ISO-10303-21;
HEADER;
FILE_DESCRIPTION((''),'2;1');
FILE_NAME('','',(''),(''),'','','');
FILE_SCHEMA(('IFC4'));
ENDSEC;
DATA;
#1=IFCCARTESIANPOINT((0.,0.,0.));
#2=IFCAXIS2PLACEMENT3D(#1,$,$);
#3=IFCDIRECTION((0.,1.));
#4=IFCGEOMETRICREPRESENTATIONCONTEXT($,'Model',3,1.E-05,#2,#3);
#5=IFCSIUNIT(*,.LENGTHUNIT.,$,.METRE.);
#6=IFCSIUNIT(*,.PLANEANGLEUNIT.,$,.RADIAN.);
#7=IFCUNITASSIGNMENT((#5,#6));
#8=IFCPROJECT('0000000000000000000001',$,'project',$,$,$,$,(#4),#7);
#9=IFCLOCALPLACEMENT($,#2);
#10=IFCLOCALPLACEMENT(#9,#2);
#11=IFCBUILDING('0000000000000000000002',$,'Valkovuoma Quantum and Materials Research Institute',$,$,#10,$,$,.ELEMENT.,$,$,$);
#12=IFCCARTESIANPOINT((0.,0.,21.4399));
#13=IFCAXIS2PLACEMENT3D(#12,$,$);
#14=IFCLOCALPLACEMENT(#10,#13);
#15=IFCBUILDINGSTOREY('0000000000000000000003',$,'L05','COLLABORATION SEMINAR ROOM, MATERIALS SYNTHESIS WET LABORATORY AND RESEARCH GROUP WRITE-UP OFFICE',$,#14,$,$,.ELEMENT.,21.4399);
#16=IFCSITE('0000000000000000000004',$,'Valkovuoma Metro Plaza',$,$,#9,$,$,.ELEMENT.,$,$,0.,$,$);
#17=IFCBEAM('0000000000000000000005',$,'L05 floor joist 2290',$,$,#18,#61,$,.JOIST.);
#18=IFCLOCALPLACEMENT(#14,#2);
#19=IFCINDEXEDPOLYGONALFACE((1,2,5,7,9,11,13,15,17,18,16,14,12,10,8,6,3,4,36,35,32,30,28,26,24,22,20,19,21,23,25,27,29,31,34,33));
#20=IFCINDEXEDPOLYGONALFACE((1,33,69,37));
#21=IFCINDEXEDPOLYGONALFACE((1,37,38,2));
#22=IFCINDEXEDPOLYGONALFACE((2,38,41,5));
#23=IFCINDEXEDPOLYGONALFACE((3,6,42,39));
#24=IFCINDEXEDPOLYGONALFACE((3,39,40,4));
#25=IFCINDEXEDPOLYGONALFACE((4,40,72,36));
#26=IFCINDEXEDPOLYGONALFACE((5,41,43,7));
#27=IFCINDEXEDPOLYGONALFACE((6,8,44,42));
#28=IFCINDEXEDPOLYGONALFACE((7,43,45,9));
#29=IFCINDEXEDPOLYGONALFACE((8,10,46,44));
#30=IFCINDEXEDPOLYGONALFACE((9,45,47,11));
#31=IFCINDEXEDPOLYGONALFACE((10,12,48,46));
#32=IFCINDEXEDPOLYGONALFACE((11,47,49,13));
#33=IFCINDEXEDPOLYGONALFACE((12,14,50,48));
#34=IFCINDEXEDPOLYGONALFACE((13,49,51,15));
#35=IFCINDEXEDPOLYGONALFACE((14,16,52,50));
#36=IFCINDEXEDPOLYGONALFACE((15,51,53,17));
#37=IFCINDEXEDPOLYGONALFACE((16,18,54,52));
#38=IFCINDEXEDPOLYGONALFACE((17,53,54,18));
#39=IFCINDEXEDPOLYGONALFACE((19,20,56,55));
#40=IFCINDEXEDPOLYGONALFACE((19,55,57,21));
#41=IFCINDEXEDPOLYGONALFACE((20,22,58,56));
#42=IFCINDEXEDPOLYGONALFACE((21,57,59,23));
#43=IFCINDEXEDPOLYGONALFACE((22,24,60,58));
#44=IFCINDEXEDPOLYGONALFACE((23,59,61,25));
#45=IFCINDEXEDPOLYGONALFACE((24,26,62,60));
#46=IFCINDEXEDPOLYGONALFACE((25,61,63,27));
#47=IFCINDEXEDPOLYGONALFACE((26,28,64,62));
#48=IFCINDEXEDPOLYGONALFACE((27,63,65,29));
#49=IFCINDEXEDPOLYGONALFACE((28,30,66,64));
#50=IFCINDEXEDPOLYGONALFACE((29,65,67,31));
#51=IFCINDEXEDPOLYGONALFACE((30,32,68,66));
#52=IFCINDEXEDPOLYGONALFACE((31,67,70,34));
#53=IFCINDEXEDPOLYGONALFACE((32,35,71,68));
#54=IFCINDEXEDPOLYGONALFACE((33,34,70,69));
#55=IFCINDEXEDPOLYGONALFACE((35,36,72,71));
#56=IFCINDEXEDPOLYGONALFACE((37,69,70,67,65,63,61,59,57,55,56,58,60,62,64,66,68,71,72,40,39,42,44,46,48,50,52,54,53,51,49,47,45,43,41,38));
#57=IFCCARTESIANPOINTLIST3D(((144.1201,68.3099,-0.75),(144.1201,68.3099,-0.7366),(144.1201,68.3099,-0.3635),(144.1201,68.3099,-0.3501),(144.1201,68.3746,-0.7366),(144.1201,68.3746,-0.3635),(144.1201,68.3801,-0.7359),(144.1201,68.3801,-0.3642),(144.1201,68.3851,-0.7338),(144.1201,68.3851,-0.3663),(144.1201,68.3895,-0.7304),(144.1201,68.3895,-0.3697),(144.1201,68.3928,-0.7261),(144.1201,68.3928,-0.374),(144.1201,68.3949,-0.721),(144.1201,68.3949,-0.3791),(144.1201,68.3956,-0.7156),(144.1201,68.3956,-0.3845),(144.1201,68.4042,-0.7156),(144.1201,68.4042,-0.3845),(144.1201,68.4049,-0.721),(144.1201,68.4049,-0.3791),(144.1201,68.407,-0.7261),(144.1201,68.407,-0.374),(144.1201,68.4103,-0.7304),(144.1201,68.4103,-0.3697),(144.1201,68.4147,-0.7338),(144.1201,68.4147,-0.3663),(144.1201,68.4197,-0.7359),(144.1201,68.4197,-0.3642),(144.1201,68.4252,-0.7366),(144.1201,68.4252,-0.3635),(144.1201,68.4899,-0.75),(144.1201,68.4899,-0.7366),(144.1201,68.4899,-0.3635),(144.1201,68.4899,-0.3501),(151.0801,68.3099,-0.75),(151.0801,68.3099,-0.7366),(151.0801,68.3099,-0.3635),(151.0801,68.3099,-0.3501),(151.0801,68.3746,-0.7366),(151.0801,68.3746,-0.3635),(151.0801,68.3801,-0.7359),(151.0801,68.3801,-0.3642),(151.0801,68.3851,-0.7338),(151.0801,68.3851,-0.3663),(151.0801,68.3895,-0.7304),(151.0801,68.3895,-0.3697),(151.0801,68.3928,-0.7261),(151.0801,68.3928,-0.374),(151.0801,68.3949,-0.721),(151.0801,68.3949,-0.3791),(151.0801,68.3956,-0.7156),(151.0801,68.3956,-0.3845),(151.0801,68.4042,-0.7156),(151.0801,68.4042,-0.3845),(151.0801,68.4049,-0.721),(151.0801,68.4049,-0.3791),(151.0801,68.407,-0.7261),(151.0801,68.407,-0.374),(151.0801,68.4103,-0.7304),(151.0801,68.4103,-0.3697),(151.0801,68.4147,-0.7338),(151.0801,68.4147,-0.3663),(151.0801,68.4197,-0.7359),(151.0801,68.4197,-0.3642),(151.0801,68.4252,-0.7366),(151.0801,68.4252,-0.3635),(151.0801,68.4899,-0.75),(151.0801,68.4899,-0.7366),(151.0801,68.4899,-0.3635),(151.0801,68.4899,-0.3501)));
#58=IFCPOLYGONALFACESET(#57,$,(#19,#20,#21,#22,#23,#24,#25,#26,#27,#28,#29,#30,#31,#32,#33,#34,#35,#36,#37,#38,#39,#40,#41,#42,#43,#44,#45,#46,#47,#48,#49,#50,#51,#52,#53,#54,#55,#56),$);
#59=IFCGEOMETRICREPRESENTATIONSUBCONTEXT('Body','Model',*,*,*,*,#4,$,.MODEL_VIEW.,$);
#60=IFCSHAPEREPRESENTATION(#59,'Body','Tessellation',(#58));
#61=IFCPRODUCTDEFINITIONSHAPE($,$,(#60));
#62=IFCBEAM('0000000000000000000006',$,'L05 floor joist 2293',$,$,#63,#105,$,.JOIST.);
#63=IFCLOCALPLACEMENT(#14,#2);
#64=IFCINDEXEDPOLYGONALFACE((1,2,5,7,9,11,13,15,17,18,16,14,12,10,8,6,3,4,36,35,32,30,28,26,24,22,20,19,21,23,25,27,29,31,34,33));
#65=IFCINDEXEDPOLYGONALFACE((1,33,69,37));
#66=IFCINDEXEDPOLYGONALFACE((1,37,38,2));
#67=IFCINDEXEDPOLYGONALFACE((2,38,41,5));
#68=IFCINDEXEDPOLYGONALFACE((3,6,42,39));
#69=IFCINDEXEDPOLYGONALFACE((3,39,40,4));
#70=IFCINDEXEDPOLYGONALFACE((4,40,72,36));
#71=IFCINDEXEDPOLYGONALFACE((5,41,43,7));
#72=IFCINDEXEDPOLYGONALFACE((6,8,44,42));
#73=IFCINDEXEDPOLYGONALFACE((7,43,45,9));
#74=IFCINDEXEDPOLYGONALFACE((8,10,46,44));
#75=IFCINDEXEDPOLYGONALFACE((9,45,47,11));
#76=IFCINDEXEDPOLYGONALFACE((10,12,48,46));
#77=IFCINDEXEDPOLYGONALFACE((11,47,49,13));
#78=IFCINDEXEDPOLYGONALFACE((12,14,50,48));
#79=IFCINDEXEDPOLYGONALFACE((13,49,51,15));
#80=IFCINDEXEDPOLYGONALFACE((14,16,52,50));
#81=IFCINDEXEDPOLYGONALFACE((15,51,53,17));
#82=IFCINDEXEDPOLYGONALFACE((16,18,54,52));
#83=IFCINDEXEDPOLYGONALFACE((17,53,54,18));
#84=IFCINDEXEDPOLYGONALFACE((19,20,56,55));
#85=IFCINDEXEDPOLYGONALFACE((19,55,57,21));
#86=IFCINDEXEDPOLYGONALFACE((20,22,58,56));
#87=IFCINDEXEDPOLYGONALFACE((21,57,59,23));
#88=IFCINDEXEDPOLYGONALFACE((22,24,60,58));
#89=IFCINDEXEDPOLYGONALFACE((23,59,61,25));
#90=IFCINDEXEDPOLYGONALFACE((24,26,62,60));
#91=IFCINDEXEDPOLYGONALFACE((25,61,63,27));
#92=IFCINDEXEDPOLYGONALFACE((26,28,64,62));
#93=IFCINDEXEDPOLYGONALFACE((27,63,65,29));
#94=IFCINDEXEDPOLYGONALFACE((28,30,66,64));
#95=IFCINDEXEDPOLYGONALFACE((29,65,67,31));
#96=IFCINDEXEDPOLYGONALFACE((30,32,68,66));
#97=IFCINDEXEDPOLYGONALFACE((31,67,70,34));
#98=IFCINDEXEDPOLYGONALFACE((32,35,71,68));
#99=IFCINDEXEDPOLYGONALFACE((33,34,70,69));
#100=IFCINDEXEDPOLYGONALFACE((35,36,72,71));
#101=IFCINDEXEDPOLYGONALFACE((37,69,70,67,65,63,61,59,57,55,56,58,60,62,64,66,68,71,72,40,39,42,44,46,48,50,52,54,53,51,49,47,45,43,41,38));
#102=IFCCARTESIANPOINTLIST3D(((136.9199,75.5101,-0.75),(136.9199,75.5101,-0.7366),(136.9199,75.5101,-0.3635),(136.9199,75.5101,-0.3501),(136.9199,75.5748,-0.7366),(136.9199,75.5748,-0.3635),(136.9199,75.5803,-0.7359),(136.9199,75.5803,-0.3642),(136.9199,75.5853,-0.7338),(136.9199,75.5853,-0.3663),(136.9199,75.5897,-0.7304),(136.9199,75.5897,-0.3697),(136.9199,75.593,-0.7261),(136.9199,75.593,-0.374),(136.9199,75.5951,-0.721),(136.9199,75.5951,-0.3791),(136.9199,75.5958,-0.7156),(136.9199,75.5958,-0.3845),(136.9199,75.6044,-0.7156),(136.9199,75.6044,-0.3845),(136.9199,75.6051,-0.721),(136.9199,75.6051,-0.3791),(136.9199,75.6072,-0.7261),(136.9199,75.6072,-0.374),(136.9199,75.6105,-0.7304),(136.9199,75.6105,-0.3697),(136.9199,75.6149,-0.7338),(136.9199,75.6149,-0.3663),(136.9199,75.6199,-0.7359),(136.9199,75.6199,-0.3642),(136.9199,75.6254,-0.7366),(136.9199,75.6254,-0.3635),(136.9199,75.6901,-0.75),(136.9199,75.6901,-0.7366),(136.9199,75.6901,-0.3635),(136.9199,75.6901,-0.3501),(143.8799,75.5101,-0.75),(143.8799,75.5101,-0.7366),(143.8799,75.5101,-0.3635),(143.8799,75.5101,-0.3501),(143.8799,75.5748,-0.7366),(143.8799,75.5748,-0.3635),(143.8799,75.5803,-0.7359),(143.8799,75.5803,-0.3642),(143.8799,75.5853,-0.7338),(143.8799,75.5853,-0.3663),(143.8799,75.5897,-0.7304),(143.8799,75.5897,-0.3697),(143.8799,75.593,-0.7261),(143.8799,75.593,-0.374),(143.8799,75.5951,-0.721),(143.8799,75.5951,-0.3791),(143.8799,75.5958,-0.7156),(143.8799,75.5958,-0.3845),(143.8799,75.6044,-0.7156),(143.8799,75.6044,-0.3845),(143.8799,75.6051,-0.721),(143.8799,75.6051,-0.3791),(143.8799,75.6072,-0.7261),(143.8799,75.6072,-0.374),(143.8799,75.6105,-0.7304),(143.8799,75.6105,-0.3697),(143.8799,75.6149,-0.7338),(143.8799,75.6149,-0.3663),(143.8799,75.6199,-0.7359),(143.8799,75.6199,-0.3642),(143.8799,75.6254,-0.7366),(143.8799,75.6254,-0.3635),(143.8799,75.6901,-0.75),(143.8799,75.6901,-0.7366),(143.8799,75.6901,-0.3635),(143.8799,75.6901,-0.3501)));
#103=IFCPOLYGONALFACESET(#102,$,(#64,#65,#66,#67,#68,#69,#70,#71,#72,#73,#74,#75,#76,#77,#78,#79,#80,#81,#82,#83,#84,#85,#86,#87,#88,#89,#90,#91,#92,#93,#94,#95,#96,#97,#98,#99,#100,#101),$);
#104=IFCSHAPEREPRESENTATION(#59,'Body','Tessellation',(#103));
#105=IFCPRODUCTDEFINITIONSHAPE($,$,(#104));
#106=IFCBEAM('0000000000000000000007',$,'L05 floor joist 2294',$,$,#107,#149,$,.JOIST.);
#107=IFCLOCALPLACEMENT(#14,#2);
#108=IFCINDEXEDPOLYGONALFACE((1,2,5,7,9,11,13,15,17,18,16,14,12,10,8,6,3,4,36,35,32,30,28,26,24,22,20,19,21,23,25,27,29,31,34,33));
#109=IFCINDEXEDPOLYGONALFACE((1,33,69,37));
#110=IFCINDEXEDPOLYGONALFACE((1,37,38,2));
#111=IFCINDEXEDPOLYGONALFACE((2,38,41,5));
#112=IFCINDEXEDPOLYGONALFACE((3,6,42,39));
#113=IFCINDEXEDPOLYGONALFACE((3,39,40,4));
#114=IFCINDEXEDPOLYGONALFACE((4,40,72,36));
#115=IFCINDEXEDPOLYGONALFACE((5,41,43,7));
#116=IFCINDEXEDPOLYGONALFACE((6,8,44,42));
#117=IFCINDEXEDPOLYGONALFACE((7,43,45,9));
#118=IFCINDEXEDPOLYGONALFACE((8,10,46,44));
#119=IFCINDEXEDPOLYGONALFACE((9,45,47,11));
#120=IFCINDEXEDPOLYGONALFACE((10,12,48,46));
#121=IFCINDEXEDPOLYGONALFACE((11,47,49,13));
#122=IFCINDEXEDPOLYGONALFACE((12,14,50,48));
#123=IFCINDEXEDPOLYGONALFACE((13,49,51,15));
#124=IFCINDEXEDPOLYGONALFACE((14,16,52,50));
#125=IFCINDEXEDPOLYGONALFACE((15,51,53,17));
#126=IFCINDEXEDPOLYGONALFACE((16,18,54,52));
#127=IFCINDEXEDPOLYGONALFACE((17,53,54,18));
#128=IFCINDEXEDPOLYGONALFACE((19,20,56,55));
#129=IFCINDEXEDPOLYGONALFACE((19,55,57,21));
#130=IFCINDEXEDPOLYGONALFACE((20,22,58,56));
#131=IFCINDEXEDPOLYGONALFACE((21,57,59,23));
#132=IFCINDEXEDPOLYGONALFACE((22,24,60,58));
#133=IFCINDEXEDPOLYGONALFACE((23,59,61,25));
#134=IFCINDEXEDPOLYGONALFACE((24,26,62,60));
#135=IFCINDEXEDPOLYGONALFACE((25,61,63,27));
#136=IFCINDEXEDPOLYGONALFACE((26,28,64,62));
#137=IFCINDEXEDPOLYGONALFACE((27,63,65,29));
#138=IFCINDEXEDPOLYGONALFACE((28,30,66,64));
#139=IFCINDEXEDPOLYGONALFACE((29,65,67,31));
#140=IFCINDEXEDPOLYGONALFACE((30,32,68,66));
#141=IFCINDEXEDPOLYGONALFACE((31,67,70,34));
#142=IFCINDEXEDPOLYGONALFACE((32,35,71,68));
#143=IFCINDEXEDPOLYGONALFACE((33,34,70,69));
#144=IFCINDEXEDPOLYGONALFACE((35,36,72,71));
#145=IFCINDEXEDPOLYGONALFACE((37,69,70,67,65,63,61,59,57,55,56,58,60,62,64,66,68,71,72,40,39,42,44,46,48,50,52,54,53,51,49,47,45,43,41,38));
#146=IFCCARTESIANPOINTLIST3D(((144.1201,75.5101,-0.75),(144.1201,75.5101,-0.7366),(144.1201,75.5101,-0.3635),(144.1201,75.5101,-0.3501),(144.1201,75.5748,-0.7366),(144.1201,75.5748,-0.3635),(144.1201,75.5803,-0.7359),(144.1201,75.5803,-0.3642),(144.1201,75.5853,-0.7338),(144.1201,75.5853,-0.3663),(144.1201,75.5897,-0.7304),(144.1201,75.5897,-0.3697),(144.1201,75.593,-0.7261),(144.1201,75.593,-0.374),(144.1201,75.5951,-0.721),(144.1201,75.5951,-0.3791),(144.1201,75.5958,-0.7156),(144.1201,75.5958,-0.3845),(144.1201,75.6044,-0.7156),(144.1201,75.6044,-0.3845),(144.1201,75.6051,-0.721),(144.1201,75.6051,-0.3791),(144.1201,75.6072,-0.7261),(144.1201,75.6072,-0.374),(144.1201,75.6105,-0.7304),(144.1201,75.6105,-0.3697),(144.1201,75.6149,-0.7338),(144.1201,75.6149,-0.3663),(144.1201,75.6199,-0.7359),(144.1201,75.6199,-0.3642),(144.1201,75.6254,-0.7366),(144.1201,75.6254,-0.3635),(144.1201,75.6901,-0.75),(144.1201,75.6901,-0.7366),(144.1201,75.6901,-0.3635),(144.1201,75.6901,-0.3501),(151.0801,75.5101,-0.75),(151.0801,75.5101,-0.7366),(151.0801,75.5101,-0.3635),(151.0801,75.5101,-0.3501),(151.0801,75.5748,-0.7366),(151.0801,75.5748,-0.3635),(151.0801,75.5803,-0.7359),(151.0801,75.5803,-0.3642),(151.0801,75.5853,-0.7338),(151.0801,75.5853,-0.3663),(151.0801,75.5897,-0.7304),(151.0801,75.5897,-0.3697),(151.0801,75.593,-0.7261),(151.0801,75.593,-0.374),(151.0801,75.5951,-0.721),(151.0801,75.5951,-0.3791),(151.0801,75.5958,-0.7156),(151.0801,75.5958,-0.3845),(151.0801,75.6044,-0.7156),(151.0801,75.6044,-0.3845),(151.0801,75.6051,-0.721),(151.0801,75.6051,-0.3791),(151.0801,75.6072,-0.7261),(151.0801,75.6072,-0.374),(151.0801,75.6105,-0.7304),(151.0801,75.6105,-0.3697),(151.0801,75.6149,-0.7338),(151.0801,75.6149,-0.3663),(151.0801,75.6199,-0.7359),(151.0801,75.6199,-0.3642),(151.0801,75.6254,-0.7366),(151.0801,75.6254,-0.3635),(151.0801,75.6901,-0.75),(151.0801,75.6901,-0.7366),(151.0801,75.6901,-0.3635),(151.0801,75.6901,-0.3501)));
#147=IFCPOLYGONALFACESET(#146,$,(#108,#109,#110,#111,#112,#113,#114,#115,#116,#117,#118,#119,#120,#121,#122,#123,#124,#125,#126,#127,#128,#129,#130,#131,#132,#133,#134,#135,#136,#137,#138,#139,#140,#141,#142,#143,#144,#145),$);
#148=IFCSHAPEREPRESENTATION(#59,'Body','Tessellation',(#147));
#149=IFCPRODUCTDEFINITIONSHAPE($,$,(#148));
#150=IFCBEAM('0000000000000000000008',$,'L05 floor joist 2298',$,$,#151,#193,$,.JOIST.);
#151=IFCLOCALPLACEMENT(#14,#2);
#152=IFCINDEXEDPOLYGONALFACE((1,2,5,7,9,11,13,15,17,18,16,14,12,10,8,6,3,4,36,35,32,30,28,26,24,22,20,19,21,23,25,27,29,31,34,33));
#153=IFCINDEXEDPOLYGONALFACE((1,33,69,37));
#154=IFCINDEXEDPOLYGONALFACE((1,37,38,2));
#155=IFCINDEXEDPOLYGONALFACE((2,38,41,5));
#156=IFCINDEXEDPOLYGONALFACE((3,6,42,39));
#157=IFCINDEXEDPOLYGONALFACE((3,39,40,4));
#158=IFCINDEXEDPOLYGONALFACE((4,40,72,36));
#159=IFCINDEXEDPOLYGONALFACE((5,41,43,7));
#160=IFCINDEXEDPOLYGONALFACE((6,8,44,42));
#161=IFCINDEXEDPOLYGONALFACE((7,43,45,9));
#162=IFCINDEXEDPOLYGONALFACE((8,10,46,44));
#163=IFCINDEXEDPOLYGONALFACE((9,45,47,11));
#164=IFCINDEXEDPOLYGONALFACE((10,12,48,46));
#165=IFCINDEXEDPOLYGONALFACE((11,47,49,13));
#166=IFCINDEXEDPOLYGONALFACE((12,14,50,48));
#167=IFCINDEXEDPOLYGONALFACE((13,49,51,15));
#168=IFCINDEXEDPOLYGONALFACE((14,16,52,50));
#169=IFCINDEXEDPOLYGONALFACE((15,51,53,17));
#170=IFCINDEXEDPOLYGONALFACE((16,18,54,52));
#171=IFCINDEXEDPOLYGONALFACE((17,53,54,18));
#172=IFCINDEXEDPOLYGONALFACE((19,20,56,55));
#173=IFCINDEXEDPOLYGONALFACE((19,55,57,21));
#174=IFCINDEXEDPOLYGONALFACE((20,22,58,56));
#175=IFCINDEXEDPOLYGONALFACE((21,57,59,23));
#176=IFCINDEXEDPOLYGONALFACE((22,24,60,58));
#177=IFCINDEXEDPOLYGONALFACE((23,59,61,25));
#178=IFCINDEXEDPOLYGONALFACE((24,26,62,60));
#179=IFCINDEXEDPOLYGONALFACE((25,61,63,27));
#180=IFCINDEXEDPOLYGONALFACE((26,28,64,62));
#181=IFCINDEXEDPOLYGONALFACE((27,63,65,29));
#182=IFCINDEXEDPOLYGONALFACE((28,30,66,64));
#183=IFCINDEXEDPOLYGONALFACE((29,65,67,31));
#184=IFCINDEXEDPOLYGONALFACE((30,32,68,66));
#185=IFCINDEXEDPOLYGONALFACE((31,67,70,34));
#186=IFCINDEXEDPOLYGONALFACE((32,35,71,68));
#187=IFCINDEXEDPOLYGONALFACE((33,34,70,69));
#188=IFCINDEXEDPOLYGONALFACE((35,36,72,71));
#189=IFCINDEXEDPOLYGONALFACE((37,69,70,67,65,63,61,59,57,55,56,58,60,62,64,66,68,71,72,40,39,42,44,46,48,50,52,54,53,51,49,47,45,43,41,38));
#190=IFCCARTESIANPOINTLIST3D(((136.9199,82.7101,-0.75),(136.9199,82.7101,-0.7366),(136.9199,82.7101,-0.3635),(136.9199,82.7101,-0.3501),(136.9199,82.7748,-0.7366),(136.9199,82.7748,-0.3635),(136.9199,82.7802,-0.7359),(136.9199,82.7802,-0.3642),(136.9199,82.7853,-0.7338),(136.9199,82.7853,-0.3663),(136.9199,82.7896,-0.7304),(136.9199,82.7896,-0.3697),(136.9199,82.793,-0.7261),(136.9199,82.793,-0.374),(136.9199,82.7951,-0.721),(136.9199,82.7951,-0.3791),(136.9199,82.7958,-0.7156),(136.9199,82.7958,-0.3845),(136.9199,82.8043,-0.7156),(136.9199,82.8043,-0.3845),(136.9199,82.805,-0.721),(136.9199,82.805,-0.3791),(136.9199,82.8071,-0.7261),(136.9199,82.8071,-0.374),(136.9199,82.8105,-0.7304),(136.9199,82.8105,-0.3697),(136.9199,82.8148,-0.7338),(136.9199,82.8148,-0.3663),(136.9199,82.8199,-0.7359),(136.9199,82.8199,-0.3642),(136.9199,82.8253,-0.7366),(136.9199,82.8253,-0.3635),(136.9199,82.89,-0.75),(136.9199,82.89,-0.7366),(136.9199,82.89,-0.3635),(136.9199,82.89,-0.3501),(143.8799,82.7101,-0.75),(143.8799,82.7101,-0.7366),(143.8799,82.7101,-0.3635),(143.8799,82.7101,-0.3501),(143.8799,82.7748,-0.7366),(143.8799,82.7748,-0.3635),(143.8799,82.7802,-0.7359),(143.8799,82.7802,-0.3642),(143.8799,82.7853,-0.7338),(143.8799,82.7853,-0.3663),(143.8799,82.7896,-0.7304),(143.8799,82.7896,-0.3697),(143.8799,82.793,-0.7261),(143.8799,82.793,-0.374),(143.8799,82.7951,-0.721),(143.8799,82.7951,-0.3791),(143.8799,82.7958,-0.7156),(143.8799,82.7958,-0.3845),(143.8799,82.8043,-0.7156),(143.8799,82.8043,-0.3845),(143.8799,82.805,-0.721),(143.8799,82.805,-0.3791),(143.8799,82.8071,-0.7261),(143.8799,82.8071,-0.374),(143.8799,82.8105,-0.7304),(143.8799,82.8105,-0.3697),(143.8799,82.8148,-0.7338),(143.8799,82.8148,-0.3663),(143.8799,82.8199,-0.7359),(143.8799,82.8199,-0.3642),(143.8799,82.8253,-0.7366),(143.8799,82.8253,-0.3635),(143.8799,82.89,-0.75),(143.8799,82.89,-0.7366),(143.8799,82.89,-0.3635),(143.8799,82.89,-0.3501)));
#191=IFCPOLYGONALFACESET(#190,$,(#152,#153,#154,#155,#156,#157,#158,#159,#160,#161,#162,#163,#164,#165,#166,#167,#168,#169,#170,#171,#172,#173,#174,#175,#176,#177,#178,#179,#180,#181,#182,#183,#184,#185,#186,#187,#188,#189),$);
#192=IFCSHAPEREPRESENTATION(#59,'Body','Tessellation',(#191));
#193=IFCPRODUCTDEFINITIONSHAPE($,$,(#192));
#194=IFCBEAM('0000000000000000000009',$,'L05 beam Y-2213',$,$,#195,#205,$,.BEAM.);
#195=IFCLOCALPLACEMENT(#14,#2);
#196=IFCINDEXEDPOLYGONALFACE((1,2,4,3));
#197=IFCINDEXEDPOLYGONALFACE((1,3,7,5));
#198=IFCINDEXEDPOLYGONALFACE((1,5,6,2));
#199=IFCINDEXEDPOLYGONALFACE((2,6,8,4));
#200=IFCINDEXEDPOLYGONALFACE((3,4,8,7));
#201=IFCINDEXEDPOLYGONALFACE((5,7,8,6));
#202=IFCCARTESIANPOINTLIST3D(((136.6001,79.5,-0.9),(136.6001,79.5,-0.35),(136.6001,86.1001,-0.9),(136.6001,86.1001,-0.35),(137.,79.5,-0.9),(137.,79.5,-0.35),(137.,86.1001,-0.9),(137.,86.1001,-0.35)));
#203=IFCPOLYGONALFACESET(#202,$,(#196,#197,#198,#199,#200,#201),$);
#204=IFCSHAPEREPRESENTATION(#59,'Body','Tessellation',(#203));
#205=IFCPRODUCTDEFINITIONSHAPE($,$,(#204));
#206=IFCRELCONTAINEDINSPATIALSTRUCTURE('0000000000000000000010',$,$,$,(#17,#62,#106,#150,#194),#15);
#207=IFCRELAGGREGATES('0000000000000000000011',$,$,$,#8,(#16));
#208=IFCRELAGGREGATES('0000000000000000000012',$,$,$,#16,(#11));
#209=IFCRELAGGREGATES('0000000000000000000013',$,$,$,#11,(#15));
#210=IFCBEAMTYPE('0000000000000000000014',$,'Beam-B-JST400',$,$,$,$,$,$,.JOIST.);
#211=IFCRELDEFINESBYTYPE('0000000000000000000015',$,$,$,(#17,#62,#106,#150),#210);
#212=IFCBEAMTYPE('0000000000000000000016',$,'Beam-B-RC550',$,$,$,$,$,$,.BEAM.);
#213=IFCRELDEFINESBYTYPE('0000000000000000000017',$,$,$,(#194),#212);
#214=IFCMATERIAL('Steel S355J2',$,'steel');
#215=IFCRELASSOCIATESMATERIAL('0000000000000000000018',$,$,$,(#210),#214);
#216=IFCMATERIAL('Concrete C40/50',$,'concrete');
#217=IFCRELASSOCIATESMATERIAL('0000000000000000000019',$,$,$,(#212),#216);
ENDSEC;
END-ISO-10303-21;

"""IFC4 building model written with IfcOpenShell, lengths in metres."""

from ifc_helpers import new_model, si_unit, direction, frame, origin, origin_2d, place, context, subcontext, project, spatial, rectangle, i_section, extrude, material, material_profile, profile_set, type_object, element, save


model = new_model("IFC4")

# Units and contexts
model_context = context("Model", 3, precision=1e-05, world=origin(), true_north=direction((0.0, 1.0)))
body_context = subcontext(model_context, "Body", "Model", "MODEL_VIEW")
ifc_project = project(units=[si_unit("LENGTHUNIT", "METRE"), si_unit("PLANEANGLEUNIT", "RADIAN")], contexts=[model_context])

# Site, building, storey
site_placement = place(None, origin())
site = spatial("IfcSite", under=ifc_project, at=site_placement, Name="Valkovuoma Metro Plaza", CompositionType="ELEMENT", RefElevation=0.0)
building_placement = place(site_placement, origin())
building = spatial("IfcBuilding", under=site, at=building_placement, Name="Valkovuoma Quantum and Materials Research Institute", CompositionType="ELEMENT")
storey_placement = place(building_placement, frame((0.0, 0.0, 21.4399)))
storey = spatial("IfcBuildingStorey", under=building, at=storey_placement, Name="L05", Description="COLLABORATION SEMINAR ROOM, MATERIALS SYNTHESIS WET LABORATORY AND RESEARCH GROUP WRITE-UP OFFICE", CompositionType="ELEMENT", Elevation=21.4399)

# Beams
ifc_material_1 = material(Name="Steel S355J2", Category="steel")
ifc_material_profile_1 = material_profile(ifc_material_1, i_section(OverallWidth=0.1799, OverallDepth=0.3999, WebThickness=0.0085, FlangeThickness=0.0134, FilletRadius=0.021, at=origin_2d()), Name="Steel S355J2")
ifc_profile_set_1 = profile_set([ifc_material_profile_1], Name="Steel S355J2")
beam_type_1 = type_object("IfcBeamType", Name="Beam-B-JST400", PredefinedType="JOIST", material=ifc_profile_set_1)
for number, where, z_axis, x_axis, name in (
    (1, (144.1201, 68.3999, -0.55), (1.0, 0.0, 0.0), (0.0, 1.0, 0.0), "L05 floor joist 2290"),
    (2, (136.9199, 75.6001, -0.55), (1.0, 0.0, 0.0), (0.0, 1.0, 0.0), "L05 floor joist 2293"),
    (3, (144.1201, 75.6001, -0.55), (1.0, 0.0, 0.0), (0.0, 1.0, 0.0), "L05 floor joist 2294"),
    (4, (136.9199, 82.8, -0.55), (1.0, 0.0, 0.0), (0.0, 1.0, 0.0), "L05 floor joist 2298"),
):
    element("IfcBeam", number, at=place(storey_placement, frame(where, z_axis=z_axis, x_axis=x_axis)), inside=storey, type_object=beam_type_1, Name=name, PredefinedType="JOIST", context=body_context, shape_type="SweptSolid", body=[
        extrude(i_section(OverallWidth=0.1799, OverallDepth=0.3999, WebThickness=0.0085, FlangeThickness=0.0134, FilletRadius=0.021, at=origin_2d()), origin(), (0.0, 0.0, 1.0), 6.96),
    ])
ifc_material_2 = material(Name="Concrete C40/50", Category="concrete")
ifc_material_profile_2 = material_profile(ifc_material_2, rectangle(XDim=0.3999, YDim=0.55, at=origin_2d()), Name="Concrete C40/50")
ifc_profile_set_2 = profile_set([ifc_material_profile_2], Name="Concrete C40/50")
beam_type_2 = type_object("IfcBeamType", Name="Beam-B-RC550", PredefinedType="BEAM", material=ifc_profile_set_2)
for number, where, z_axis, x_axis, name in (
    (5, (136.8, 79.5, -0.625), (0.0, 1.0, 0.0), (-1.0, 0.0, 0.0), "L05 beam Y-2213"),
):
    element("IfcBeam", number, at=place(storey_placement, frame(where, z_axis=z_axis, x_axis=x_axis)), inside=storey, type_object=beam_type_2, Name=name, PredefinedType="BEAM", context=body_context, shape_type="SweptSolid", body=[
        extrude(rectangle(XDim=0.3999, YDim=0.55, at=origin_2d()), origin(), (0.0, 0.0, 1.0), 6.6001),
    ])

save(model, "model.ifc")
